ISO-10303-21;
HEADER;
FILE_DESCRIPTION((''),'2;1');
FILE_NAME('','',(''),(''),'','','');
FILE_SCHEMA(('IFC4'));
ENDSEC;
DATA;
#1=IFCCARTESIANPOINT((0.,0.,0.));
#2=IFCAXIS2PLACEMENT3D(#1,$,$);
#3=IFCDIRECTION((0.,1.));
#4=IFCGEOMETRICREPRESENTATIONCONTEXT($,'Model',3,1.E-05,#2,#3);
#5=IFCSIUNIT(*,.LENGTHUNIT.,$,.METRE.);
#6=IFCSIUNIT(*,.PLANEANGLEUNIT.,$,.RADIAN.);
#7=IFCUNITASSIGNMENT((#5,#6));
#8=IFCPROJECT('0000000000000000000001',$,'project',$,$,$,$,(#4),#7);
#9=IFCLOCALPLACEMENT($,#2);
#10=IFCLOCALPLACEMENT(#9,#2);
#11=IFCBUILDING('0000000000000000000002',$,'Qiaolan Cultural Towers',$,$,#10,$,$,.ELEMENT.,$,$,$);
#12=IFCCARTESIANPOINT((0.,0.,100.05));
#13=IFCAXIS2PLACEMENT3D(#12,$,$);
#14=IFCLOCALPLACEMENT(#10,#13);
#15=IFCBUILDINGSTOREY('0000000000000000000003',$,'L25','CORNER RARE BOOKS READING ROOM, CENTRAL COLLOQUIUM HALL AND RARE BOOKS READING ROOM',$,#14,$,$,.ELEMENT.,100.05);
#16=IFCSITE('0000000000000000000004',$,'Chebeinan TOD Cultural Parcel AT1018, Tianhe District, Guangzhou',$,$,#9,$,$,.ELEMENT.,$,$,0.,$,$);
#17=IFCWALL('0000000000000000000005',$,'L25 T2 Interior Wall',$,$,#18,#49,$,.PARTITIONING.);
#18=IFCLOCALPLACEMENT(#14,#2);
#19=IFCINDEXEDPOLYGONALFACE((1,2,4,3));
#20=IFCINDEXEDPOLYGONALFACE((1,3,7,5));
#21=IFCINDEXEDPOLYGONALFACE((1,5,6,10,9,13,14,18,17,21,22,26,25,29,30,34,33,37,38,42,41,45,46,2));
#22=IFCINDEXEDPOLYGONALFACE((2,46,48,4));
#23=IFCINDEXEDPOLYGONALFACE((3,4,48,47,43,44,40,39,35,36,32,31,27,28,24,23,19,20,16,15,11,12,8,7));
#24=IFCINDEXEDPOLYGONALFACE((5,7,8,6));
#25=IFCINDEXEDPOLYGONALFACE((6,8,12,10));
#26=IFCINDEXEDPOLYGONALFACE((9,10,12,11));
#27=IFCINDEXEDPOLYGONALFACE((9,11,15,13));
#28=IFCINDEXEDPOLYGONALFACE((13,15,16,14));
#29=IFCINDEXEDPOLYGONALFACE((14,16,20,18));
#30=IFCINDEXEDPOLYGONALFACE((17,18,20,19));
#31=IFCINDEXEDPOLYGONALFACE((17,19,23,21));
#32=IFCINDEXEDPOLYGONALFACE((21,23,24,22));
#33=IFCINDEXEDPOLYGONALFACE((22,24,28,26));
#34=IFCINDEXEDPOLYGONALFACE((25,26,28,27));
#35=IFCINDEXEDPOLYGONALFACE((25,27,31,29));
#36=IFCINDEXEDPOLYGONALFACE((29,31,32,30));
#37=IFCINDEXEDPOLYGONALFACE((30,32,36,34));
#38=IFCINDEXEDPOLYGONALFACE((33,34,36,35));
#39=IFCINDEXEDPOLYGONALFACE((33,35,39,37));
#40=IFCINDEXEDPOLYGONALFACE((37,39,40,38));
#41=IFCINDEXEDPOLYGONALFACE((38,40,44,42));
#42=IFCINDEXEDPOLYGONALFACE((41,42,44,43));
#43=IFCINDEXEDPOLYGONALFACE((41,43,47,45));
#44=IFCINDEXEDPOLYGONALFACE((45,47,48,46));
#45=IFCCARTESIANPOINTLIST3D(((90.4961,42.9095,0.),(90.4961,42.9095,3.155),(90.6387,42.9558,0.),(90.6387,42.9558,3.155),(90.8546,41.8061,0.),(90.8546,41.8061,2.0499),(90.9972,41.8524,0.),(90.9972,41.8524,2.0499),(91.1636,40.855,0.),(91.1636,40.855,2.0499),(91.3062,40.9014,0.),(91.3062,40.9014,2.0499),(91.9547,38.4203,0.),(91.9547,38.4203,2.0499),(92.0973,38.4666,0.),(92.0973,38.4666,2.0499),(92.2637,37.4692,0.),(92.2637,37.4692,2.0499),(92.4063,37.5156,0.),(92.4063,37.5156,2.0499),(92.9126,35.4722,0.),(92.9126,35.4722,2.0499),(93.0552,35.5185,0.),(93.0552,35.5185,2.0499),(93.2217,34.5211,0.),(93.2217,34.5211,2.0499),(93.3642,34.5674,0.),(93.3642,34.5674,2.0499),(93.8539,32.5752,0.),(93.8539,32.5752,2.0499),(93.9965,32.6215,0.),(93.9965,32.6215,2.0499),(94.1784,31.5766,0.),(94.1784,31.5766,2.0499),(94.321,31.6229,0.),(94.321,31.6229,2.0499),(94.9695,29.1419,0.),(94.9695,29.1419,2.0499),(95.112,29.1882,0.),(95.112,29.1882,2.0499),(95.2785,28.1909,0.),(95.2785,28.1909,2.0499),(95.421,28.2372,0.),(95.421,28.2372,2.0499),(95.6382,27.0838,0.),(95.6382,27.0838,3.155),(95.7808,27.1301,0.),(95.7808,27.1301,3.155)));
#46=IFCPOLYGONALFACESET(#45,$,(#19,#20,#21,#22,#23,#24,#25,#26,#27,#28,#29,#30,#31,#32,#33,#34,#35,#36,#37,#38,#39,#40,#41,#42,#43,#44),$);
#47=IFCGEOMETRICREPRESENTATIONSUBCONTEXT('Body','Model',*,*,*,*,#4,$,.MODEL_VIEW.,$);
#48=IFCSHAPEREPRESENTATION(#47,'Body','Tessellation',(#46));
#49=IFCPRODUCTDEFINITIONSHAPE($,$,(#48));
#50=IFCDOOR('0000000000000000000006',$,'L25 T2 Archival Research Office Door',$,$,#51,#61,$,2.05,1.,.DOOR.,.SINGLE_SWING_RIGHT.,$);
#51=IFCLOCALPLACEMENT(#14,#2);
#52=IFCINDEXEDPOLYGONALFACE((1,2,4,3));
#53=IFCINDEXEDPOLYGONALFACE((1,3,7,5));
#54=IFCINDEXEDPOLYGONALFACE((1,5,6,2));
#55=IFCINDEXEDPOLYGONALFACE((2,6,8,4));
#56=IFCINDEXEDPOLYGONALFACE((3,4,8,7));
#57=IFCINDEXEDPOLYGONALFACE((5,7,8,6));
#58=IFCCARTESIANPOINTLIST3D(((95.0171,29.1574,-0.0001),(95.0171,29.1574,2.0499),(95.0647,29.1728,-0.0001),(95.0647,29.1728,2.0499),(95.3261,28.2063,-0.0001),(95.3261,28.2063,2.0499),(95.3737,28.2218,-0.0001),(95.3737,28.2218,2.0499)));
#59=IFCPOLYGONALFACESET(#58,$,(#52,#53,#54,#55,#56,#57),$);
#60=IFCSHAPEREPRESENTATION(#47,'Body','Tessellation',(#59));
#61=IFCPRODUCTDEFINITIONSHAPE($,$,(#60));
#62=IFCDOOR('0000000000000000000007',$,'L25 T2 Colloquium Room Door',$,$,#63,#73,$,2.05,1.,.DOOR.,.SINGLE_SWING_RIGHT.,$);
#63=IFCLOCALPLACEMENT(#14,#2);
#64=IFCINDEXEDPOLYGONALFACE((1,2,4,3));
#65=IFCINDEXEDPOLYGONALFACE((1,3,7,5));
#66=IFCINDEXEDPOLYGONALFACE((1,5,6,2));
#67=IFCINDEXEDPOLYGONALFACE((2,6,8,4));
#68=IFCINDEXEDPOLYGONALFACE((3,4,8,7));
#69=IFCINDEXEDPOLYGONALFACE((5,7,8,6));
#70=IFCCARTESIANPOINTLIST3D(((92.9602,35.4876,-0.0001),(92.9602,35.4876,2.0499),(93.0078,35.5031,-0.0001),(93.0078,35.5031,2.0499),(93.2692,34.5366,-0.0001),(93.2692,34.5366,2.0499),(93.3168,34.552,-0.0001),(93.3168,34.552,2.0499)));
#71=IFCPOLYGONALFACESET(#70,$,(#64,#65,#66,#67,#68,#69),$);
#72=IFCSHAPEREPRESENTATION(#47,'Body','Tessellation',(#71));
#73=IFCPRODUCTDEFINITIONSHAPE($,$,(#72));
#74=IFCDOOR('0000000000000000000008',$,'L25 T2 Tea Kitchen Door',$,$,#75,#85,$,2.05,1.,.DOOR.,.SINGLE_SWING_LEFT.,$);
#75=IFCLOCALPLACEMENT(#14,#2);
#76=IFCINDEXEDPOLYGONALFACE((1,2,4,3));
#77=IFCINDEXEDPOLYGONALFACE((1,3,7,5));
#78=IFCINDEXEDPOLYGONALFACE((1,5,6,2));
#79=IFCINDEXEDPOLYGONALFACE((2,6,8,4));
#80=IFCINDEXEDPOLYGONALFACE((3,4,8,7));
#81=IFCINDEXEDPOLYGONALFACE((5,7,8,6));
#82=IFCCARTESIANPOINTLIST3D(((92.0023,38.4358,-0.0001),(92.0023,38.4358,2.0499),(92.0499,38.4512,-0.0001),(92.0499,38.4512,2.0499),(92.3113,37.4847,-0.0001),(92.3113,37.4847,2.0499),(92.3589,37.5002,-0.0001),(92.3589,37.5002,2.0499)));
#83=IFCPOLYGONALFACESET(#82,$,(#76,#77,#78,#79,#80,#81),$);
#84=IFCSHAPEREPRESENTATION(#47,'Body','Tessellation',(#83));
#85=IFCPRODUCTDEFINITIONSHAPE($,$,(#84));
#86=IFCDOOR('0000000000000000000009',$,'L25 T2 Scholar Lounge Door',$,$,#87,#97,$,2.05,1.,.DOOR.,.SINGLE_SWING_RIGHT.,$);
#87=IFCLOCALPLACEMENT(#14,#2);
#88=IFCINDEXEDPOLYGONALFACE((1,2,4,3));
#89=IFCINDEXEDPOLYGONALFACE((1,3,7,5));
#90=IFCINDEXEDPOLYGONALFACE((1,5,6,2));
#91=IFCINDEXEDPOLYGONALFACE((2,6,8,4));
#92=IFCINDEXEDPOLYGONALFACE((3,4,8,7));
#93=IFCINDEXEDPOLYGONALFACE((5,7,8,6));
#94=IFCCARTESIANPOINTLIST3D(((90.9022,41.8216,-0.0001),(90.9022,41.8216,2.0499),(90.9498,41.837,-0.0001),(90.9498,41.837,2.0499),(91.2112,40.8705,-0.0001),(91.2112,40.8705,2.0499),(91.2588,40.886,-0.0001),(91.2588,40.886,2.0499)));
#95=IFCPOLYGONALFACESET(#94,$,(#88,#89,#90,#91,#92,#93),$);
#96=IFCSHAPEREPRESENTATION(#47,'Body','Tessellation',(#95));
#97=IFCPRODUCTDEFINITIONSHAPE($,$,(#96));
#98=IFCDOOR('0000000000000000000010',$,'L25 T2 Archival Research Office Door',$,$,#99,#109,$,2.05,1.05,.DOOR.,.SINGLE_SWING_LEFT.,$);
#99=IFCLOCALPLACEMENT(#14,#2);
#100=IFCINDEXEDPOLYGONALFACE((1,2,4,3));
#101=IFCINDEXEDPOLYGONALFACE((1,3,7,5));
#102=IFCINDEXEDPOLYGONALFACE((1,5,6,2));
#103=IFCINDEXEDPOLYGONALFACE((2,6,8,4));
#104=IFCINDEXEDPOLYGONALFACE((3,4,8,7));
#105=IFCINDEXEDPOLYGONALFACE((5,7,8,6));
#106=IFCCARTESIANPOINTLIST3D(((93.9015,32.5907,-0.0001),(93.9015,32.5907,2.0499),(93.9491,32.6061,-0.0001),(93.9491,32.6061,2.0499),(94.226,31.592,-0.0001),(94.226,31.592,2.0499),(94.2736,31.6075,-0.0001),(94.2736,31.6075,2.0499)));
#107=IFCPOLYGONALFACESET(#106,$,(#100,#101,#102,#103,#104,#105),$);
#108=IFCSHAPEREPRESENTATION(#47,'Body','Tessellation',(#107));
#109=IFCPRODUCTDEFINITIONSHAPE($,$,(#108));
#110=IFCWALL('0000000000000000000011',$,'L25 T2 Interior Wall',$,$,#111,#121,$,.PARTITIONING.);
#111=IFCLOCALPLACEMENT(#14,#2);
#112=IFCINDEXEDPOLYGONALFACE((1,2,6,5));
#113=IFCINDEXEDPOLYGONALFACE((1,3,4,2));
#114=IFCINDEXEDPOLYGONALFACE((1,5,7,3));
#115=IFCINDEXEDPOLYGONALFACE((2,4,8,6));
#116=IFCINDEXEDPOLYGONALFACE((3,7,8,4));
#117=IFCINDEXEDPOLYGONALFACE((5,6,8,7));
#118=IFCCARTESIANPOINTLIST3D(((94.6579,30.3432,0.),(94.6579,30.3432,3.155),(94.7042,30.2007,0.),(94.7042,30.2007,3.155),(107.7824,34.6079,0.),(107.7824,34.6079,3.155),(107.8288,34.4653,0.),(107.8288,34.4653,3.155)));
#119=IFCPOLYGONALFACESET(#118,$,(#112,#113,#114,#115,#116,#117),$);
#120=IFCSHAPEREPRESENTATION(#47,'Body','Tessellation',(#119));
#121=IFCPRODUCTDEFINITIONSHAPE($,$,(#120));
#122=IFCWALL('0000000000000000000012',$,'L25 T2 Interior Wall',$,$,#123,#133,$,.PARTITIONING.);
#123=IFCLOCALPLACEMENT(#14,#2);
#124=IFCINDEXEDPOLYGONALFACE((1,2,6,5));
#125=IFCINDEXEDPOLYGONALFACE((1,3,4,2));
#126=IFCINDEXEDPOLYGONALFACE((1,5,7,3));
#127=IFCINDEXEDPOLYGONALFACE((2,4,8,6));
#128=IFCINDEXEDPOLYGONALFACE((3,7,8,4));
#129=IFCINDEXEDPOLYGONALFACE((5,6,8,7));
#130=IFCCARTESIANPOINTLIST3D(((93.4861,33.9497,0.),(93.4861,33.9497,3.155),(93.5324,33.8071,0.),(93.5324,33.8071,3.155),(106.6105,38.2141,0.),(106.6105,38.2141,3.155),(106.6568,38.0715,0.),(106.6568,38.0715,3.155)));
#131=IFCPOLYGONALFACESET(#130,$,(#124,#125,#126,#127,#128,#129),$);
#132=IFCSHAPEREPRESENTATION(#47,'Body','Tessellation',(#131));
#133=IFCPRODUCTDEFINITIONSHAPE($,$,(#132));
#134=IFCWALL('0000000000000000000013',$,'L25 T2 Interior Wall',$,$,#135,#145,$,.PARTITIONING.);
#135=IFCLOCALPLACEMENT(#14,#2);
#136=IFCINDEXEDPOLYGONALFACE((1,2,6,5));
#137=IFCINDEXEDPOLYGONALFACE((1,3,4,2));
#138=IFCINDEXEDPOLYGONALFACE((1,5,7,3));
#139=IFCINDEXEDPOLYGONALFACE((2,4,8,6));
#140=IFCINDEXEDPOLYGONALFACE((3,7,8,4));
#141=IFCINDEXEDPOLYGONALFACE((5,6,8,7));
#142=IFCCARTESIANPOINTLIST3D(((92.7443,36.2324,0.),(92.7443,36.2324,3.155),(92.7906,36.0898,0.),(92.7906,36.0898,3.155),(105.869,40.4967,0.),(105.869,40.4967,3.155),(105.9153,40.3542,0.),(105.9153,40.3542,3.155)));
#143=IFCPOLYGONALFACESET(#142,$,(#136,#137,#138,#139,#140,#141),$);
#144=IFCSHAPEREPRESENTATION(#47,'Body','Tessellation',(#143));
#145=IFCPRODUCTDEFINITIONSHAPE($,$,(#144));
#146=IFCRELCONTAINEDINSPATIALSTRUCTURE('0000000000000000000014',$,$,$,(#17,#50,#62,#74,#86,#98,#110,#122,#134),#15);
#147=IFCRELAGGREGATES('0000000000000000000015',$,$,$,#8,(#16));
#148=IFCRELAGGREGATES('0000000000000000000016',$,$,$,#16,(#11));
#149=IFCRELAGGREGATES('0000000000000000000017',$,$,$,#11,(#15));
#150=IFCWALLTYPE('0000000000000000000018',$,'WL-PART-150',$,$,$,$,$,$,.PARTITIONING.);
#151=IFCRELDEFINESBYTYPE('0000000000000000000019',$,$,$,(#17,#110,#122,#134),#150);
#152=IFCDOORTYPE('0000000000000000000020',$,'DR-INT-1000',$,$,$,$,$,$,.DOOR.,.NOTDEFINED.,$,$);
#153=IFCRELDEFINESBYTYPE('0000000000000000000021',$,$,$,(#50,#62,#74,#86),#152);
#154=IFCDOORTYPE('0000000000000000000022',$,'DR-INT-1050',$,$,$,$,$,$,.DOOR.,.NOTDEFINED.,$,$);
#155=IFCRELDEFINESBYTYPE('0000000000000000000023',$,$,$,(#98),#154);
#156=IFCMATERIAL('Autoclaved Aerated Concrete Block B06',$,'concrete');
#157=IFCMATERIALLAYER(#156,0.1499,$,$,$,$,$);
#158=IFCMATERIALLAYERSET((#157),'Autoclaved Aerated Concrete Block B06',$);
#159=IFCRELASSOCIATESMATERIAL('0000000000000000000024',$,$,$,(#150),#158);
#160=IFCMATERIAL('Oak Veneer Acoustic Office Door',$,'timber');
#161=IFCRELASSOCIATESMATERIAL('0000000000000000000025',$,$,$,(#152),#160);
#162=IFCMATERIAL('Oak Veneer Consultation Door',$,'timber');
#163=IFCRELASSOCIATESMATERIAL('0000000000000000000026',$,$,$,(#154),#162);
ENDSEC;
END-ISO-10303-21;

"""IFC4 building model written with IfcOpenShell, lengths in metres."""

from ifc_helpers import new_model, si_unit, direction, frame, frame_2d, origin, place, context, subcontext, project, spatial, rectangle, extrude, material, layer, layer_set, type_object, element, fill, save


model = new_model("IFC4")

# Units and contexts
model_context = context("Model", 3, precision=1e-05, world=origin(), true_north=direction((0.0, 1.0)))
body_context = subcontext(model_context, "Body", "Model", "MODEL_VIEW")
ifc_project = project(units=[si_unit("LENGTHUNIT", "METRE"), si_unit("PLANEANGLEUNIT", "RADIAN")], contexts=[model_context])

# Site, building, storey
site_placement = place(None, origin())
site = spatial("IfcSite", under=ifc_project, at=site_placement, Name="Chebeinan TOD Cultural Parcel AT1018, Tianhe District, Guangzhou", CompositionType="ELEMENT", RefElevation=0.0)
building_placement = place(site_placement, origin())
building = spatial("IfcBuilding", under=site, at=building_placement, Name="Qiaolan Cultural Towers", CompositionType="ELEMENT")
storey_placement = place(building_placement, frame((0.0, 0.0, 100.05)))
storey = spatial("IfcBuildingStorey", under=building, at=storey_placement, Name="L25", Description="CORNER RARE BOOKS READING ROOM, CENTRAL COLLOQUIUM HALL AND RARE BOOKS READING ROOM", CompositionType="ELEMENT", Elevation=100.05)

# Shared definitions
ifc_material_1 = material(Name="Autoclaved Aerated Concrete Block B06", Category="concrete")
ifc_layer = layer(ifc_material_1, 0.1499)
ifc_layer_set = layer_set([ifc_layer], Name="Autoclaved Aerated Concrete Block B06")
wall_type = type_object("IfcWallType", Name="WL-PART-150", PredefinedType="PARTITIONING", material=ifc_layer_set)

# Wall, openings, doors
wall_1_placement = place(storey_placement, frame((95.7095, 27.1069, 0.0), z_axis=(0.0, 0.0, 1.0), x_axis=(-0.309018, 0.951056, 0.0)))
wall_1 = element("IfcWall", 1, at=wall_1_placement, inside=storey, type_object=wall_type, Name="L25 T2 Interior Wall", PredefinedType="PARTITIONING", context=body_context, shape_type="SweptSolid", body=[
    extrude(rectangle(XDim=16.6401, YDim=0.1499, at=frame_2d((8.3201, 0.0))), origin(), (0.0, 0.0, 1.0), 3.155),
])
opening_1_placement = place(wall_1_placement, frame((1.1641, 0.0, 0.0)))
opening_1 = element("IfcOpeningElement", 2, at=opening_1_placement, cuts=wall_1, PredefinedType="OPENING", context=body_context, shape_type="SweptSolid", body=[
    extrude(rectangle(XDim=1.0, YDim=2.05, at=frame_2d((0.5, 1.0249))), frame((0.0, 0.085, 0.0), z_axis=(0.0, -1.0, 0.0), x_axis=(1.0, 0.0, 0.0)), (0.0, 0.0, 1.0), 0.1699),
])
opening_2_placement = place(wall_1_placement, frame((4.7241, 0.0, 0.0)))
opening_2 = element("IfcOpeningElement", 3, at=opening_2_placement, cuts=wall_1, PredefinedType="OPENING", context=body_context, shape_type="SweptSolid", body=[
    extrude(rectangle(XDim=1.05, YDim=2.05, at=frame_2d((0.5249, 1.0249))), frame((0.0, 0.085, 0.0), z_axis=(0.0, -1.0, 0.0), x_axis=(1.0, 0.0, 0.0)), (0.0, 0.0, 1.0), 0.1699),
])
opening_3_placement = place(wall_1_placement, frame((7.8201, 0.0, 0.0)))
opening_3 = element("IfcOpeningElement", 4, at=opening_3_placement, cuts=wall_1, PredefinedType="OPENING", context=body_context, shape_type="SweptSolid", body=[
    extrude(rectangle(XDim=1.0, YDim=2.05, at=frame_2d((0.5, 1.0249))), frame((0.0, 0.085, 0.0), z_axis=(0.0, -1.0, 0.0), x_axis=(1.0, 0.0, 0.0)), (0.0, 0.0, 1.0), 0.1699),
])
opening_4_placement = place(wall_1_placement, frame((10.9199, 0.0, 0.0)))
opening_4 = element("IfcOpeningElement", 5, at=opening_4_placement, cuts=wall_1, PredefinedType="OPENING", context=body_context, shape_type="SweptSolid", body=[
    extrude(rectangle(XDim=1.0, YDim=2.05, at=frame_2d((0.5, 1.0249))), frame((0.0, 0.085, 0.0), z_axis=(0.0, -1.0, 0.0), x_axis=(1.0, 0.0, 0.0)), (0.0, 0.0, 1.0), 0.1699),
])
opening_5_placement = place(wall_1_placement, frame((14.48, 0.0, 0.0)))
opening_5 = element("IfcOpeningElement", 6, at=opening_5_placement, cuts=wall_1, PredefinedType="OPENING", context=body_context, shape_type="SweptSolid", body=[
    extrude(rectangle(XDim=1.0, YDim=2.05, at=frame_2d((0.5, 1.0249))), frame((0.0, 0.085, 0.0), z_axis=(0.0, -1.0, 0.0), x_axis=(1.0, 0.0, 0.0)), (0.0, 0.0, 1.0), 0.1699),
])
ifc_material_2 = material(Name="Oak Veneer Acoustic Office Door", Category="timber")
door_type_1 = type_object("IfcDoorType", Name="DR-INT-1000", OperationType="NOTDEFINED", PredefinedType="DOOR", material=ifc_material_2)
door_1_placement = place(opening_1_placement, origin())
door_1 = element("IfcDoor", 7, at=door_1_placement, inside=storey, type_object=door_type_1, Name="L25 T2 Archival Research Office Door", OperationType="SINGLE_SWING_RIGHT", OverallHeight=2.05, OverallWidth=1.0, PredefinedType="DOOR", context=body_context, shape_type="SweptSolid", body=[
    extrude(rectangle(XDim=1.0, YDim=2.05, at=frame_2d((0.5, 1.0249))), frame((0.0, 0.0249, 0.0), z_axis=(0.0, -1.0, 0.0), x_axis=(1.0, 0.0, 0.0)), (0.0, 0.0, 1.0), 0.05),
])
fill(opening_1, door_1)
door_2_placement = place(opening_3_placement, origin())
door_2 = element("IfcDoor", 8, at=door_2_placement, inside=storey, type_object=door_type_1, Name="L25 T2 Colloquium Room Door", OperationType="SINGLE_SWING_RIGHT", OverallHeight=2.05, OverallWidth=1.0, PredefinedType="DOOR", context=body_context, shape_type="SweptSolid", body=[
    extrude(rectangle(XDim=1.0, YDim=2.05, at=frame_2d((0.5, 1.0249))), frame((0.0, 0.0249, 0.0), z_axis=(0.0, -1.0, 0.0), x_axis=(1.0, 0.0, 0.0)), (0.0, 0.0, 1.0), 0.05),
])
fill(opening_3, door_2)
door_3_placement = place(opening_4_placement, origin())
door_3 = element("IfcDoor", 9, at=door_3_placement, inside=storey, type_object=door_type_1, Name="L25 T2 Tea Kitchen Door", OperationType="SINGLE_SWING_LEFT", OverallHeight=2.05, OverallWidth=1.0, PredefinedType="DOOR", context=body_context, shape_type="SweptSolid", body=[
    extrude(rectangle(XDim=1.0, YDim=2.05, at=frame_2d((0.5, 1.0249))), frame((0.0, 0.0249, 0.0), z_axis=(0.0, -1.0, 0.0), x_axis=(1.0, 0.0, 0.0)), (0.0, 0.0, 1.0), 0.05),
])
fill(opening_4, door_3)
door_4_placement = place(opening_5_placement, origin())
door_4 = element("IfcDoor", 10, at=door_4_placement, inside=storey, type_object=door_type_1, Name="L25 T2 Scholar Lounge Door", OperationType="SINGLE_SWING_RIGHT", OverallHeight=2.05, OverallWidth=1.0, PredefinedType="DOOR", context=body_context, shape_type="SweptSolid", body=[
    extrude(rectangle(XDim=1.0, YDim=2.05, at=frame_2d((0.5, 1.0249))), frame((0.0, 0.0249, 0.0), z_axis=(0.0, -1.0, 0.0), x_axis=(1.0, 0.0, 0.0)), (0.0, 0.0, 1.0), 0.05),
])
fill(opening_5, door_4)
ifc_material_3 = material(Name="Oak Veneer Consultation Door", Category="timber")
door_type_2 = type_object("IfcDoorType", Name="DR-INT-1050", OperationType="NOTDEFINED", PredefinedType="DOOR", material=ifc_material_3)
door_5_placement = place(opening_2_placement, origin())
door_5 = element("IfcDoor", 11, at=door_5_placement, inside=storey, type_object=door_type_2, Name="L25 T2 Archival Research Office Door", OperationType="SINGLE_SWING_LEFT", OverallHeight=2.05, OverallWidth=1.05, PredefinedType="DOOR", context=body_context, shape_type="SweptSolid", body=[
    extrude(rectangle(XDim=1.05, YDim=2.05, at=frame_2d((0.5249, 1.0249))), frame((0.0, 0.0249, 0.0), z_axis=(0.0, -1.0, 0.0), x_axis=(1.0, 0.0, 0.0)), (0.0, 0.0, 1.0), 0.05),
])
fill(opening_2, door_5)

# Walls
wall_2_placement = place(storey_placement, frame((94.6812, 30.272, 0.0), z_axis=(0.0, 0.0, 1.0), x_axis=(0.951051, 0.309032, 0.0)))
element("IfcWall", 12, at=wall_2_placement, inside=storey, type_object=wall_type, Name="L25 T2 Interior Wall", PredefinedType="PARTITIONING", context=body_context, shape_type="SweptSolid", body=[
    extrude(rectangle(XDim=13.8, YDim=0.1499, at=frame_2d((6.8999, 0.0))), origin(), (0.0, 0.0, 1.0), 3.155),
])
wall_3_placement = place(storey_placement, frame((93.5093, 33.8784, 0.0), z_axis=(0.0, 0.0, 1.0), x_axis=(0.951057, 0.309016, 0.0)))
element("IfcWall", 13, at=wall_3_placement, inside=storey, type_object=wall_type, Name="L25 T2 Interior Wall", PredefinedType="PARTITIONING", context=body_context, shape_type="SweptSolid", body=[
    extrude(rectangle(XDim=13.7998, YDim=0.1499, at=frame_2d((6.8999, 0.0))), origin(), (0.0, 0.0, 1.0), 3.155),
])
wall_4_placement = place(storey_placement, frame((92.7676, 36.1611, 0.0), z_axis=(0.0, 0.0, 1.0), x_axis=(0.951058, 0.309011, 0.0)))
element("IfcWall", 14, at=wall_4_placement, inside=storey, type_object=wall_type, Name="L25 T2 Interior Wall", PredefinedType="PARTITIONING", context=body_context, shape_type="SweptSolid", body=[
    extrude(rectangle(XDim=13.8, YDim=0.1499, at=frame_2d((6.8999, 0.0))), origin(), (0.0, 0.0, 1.0), 3.155),
])

save(model, "model.ifc")
